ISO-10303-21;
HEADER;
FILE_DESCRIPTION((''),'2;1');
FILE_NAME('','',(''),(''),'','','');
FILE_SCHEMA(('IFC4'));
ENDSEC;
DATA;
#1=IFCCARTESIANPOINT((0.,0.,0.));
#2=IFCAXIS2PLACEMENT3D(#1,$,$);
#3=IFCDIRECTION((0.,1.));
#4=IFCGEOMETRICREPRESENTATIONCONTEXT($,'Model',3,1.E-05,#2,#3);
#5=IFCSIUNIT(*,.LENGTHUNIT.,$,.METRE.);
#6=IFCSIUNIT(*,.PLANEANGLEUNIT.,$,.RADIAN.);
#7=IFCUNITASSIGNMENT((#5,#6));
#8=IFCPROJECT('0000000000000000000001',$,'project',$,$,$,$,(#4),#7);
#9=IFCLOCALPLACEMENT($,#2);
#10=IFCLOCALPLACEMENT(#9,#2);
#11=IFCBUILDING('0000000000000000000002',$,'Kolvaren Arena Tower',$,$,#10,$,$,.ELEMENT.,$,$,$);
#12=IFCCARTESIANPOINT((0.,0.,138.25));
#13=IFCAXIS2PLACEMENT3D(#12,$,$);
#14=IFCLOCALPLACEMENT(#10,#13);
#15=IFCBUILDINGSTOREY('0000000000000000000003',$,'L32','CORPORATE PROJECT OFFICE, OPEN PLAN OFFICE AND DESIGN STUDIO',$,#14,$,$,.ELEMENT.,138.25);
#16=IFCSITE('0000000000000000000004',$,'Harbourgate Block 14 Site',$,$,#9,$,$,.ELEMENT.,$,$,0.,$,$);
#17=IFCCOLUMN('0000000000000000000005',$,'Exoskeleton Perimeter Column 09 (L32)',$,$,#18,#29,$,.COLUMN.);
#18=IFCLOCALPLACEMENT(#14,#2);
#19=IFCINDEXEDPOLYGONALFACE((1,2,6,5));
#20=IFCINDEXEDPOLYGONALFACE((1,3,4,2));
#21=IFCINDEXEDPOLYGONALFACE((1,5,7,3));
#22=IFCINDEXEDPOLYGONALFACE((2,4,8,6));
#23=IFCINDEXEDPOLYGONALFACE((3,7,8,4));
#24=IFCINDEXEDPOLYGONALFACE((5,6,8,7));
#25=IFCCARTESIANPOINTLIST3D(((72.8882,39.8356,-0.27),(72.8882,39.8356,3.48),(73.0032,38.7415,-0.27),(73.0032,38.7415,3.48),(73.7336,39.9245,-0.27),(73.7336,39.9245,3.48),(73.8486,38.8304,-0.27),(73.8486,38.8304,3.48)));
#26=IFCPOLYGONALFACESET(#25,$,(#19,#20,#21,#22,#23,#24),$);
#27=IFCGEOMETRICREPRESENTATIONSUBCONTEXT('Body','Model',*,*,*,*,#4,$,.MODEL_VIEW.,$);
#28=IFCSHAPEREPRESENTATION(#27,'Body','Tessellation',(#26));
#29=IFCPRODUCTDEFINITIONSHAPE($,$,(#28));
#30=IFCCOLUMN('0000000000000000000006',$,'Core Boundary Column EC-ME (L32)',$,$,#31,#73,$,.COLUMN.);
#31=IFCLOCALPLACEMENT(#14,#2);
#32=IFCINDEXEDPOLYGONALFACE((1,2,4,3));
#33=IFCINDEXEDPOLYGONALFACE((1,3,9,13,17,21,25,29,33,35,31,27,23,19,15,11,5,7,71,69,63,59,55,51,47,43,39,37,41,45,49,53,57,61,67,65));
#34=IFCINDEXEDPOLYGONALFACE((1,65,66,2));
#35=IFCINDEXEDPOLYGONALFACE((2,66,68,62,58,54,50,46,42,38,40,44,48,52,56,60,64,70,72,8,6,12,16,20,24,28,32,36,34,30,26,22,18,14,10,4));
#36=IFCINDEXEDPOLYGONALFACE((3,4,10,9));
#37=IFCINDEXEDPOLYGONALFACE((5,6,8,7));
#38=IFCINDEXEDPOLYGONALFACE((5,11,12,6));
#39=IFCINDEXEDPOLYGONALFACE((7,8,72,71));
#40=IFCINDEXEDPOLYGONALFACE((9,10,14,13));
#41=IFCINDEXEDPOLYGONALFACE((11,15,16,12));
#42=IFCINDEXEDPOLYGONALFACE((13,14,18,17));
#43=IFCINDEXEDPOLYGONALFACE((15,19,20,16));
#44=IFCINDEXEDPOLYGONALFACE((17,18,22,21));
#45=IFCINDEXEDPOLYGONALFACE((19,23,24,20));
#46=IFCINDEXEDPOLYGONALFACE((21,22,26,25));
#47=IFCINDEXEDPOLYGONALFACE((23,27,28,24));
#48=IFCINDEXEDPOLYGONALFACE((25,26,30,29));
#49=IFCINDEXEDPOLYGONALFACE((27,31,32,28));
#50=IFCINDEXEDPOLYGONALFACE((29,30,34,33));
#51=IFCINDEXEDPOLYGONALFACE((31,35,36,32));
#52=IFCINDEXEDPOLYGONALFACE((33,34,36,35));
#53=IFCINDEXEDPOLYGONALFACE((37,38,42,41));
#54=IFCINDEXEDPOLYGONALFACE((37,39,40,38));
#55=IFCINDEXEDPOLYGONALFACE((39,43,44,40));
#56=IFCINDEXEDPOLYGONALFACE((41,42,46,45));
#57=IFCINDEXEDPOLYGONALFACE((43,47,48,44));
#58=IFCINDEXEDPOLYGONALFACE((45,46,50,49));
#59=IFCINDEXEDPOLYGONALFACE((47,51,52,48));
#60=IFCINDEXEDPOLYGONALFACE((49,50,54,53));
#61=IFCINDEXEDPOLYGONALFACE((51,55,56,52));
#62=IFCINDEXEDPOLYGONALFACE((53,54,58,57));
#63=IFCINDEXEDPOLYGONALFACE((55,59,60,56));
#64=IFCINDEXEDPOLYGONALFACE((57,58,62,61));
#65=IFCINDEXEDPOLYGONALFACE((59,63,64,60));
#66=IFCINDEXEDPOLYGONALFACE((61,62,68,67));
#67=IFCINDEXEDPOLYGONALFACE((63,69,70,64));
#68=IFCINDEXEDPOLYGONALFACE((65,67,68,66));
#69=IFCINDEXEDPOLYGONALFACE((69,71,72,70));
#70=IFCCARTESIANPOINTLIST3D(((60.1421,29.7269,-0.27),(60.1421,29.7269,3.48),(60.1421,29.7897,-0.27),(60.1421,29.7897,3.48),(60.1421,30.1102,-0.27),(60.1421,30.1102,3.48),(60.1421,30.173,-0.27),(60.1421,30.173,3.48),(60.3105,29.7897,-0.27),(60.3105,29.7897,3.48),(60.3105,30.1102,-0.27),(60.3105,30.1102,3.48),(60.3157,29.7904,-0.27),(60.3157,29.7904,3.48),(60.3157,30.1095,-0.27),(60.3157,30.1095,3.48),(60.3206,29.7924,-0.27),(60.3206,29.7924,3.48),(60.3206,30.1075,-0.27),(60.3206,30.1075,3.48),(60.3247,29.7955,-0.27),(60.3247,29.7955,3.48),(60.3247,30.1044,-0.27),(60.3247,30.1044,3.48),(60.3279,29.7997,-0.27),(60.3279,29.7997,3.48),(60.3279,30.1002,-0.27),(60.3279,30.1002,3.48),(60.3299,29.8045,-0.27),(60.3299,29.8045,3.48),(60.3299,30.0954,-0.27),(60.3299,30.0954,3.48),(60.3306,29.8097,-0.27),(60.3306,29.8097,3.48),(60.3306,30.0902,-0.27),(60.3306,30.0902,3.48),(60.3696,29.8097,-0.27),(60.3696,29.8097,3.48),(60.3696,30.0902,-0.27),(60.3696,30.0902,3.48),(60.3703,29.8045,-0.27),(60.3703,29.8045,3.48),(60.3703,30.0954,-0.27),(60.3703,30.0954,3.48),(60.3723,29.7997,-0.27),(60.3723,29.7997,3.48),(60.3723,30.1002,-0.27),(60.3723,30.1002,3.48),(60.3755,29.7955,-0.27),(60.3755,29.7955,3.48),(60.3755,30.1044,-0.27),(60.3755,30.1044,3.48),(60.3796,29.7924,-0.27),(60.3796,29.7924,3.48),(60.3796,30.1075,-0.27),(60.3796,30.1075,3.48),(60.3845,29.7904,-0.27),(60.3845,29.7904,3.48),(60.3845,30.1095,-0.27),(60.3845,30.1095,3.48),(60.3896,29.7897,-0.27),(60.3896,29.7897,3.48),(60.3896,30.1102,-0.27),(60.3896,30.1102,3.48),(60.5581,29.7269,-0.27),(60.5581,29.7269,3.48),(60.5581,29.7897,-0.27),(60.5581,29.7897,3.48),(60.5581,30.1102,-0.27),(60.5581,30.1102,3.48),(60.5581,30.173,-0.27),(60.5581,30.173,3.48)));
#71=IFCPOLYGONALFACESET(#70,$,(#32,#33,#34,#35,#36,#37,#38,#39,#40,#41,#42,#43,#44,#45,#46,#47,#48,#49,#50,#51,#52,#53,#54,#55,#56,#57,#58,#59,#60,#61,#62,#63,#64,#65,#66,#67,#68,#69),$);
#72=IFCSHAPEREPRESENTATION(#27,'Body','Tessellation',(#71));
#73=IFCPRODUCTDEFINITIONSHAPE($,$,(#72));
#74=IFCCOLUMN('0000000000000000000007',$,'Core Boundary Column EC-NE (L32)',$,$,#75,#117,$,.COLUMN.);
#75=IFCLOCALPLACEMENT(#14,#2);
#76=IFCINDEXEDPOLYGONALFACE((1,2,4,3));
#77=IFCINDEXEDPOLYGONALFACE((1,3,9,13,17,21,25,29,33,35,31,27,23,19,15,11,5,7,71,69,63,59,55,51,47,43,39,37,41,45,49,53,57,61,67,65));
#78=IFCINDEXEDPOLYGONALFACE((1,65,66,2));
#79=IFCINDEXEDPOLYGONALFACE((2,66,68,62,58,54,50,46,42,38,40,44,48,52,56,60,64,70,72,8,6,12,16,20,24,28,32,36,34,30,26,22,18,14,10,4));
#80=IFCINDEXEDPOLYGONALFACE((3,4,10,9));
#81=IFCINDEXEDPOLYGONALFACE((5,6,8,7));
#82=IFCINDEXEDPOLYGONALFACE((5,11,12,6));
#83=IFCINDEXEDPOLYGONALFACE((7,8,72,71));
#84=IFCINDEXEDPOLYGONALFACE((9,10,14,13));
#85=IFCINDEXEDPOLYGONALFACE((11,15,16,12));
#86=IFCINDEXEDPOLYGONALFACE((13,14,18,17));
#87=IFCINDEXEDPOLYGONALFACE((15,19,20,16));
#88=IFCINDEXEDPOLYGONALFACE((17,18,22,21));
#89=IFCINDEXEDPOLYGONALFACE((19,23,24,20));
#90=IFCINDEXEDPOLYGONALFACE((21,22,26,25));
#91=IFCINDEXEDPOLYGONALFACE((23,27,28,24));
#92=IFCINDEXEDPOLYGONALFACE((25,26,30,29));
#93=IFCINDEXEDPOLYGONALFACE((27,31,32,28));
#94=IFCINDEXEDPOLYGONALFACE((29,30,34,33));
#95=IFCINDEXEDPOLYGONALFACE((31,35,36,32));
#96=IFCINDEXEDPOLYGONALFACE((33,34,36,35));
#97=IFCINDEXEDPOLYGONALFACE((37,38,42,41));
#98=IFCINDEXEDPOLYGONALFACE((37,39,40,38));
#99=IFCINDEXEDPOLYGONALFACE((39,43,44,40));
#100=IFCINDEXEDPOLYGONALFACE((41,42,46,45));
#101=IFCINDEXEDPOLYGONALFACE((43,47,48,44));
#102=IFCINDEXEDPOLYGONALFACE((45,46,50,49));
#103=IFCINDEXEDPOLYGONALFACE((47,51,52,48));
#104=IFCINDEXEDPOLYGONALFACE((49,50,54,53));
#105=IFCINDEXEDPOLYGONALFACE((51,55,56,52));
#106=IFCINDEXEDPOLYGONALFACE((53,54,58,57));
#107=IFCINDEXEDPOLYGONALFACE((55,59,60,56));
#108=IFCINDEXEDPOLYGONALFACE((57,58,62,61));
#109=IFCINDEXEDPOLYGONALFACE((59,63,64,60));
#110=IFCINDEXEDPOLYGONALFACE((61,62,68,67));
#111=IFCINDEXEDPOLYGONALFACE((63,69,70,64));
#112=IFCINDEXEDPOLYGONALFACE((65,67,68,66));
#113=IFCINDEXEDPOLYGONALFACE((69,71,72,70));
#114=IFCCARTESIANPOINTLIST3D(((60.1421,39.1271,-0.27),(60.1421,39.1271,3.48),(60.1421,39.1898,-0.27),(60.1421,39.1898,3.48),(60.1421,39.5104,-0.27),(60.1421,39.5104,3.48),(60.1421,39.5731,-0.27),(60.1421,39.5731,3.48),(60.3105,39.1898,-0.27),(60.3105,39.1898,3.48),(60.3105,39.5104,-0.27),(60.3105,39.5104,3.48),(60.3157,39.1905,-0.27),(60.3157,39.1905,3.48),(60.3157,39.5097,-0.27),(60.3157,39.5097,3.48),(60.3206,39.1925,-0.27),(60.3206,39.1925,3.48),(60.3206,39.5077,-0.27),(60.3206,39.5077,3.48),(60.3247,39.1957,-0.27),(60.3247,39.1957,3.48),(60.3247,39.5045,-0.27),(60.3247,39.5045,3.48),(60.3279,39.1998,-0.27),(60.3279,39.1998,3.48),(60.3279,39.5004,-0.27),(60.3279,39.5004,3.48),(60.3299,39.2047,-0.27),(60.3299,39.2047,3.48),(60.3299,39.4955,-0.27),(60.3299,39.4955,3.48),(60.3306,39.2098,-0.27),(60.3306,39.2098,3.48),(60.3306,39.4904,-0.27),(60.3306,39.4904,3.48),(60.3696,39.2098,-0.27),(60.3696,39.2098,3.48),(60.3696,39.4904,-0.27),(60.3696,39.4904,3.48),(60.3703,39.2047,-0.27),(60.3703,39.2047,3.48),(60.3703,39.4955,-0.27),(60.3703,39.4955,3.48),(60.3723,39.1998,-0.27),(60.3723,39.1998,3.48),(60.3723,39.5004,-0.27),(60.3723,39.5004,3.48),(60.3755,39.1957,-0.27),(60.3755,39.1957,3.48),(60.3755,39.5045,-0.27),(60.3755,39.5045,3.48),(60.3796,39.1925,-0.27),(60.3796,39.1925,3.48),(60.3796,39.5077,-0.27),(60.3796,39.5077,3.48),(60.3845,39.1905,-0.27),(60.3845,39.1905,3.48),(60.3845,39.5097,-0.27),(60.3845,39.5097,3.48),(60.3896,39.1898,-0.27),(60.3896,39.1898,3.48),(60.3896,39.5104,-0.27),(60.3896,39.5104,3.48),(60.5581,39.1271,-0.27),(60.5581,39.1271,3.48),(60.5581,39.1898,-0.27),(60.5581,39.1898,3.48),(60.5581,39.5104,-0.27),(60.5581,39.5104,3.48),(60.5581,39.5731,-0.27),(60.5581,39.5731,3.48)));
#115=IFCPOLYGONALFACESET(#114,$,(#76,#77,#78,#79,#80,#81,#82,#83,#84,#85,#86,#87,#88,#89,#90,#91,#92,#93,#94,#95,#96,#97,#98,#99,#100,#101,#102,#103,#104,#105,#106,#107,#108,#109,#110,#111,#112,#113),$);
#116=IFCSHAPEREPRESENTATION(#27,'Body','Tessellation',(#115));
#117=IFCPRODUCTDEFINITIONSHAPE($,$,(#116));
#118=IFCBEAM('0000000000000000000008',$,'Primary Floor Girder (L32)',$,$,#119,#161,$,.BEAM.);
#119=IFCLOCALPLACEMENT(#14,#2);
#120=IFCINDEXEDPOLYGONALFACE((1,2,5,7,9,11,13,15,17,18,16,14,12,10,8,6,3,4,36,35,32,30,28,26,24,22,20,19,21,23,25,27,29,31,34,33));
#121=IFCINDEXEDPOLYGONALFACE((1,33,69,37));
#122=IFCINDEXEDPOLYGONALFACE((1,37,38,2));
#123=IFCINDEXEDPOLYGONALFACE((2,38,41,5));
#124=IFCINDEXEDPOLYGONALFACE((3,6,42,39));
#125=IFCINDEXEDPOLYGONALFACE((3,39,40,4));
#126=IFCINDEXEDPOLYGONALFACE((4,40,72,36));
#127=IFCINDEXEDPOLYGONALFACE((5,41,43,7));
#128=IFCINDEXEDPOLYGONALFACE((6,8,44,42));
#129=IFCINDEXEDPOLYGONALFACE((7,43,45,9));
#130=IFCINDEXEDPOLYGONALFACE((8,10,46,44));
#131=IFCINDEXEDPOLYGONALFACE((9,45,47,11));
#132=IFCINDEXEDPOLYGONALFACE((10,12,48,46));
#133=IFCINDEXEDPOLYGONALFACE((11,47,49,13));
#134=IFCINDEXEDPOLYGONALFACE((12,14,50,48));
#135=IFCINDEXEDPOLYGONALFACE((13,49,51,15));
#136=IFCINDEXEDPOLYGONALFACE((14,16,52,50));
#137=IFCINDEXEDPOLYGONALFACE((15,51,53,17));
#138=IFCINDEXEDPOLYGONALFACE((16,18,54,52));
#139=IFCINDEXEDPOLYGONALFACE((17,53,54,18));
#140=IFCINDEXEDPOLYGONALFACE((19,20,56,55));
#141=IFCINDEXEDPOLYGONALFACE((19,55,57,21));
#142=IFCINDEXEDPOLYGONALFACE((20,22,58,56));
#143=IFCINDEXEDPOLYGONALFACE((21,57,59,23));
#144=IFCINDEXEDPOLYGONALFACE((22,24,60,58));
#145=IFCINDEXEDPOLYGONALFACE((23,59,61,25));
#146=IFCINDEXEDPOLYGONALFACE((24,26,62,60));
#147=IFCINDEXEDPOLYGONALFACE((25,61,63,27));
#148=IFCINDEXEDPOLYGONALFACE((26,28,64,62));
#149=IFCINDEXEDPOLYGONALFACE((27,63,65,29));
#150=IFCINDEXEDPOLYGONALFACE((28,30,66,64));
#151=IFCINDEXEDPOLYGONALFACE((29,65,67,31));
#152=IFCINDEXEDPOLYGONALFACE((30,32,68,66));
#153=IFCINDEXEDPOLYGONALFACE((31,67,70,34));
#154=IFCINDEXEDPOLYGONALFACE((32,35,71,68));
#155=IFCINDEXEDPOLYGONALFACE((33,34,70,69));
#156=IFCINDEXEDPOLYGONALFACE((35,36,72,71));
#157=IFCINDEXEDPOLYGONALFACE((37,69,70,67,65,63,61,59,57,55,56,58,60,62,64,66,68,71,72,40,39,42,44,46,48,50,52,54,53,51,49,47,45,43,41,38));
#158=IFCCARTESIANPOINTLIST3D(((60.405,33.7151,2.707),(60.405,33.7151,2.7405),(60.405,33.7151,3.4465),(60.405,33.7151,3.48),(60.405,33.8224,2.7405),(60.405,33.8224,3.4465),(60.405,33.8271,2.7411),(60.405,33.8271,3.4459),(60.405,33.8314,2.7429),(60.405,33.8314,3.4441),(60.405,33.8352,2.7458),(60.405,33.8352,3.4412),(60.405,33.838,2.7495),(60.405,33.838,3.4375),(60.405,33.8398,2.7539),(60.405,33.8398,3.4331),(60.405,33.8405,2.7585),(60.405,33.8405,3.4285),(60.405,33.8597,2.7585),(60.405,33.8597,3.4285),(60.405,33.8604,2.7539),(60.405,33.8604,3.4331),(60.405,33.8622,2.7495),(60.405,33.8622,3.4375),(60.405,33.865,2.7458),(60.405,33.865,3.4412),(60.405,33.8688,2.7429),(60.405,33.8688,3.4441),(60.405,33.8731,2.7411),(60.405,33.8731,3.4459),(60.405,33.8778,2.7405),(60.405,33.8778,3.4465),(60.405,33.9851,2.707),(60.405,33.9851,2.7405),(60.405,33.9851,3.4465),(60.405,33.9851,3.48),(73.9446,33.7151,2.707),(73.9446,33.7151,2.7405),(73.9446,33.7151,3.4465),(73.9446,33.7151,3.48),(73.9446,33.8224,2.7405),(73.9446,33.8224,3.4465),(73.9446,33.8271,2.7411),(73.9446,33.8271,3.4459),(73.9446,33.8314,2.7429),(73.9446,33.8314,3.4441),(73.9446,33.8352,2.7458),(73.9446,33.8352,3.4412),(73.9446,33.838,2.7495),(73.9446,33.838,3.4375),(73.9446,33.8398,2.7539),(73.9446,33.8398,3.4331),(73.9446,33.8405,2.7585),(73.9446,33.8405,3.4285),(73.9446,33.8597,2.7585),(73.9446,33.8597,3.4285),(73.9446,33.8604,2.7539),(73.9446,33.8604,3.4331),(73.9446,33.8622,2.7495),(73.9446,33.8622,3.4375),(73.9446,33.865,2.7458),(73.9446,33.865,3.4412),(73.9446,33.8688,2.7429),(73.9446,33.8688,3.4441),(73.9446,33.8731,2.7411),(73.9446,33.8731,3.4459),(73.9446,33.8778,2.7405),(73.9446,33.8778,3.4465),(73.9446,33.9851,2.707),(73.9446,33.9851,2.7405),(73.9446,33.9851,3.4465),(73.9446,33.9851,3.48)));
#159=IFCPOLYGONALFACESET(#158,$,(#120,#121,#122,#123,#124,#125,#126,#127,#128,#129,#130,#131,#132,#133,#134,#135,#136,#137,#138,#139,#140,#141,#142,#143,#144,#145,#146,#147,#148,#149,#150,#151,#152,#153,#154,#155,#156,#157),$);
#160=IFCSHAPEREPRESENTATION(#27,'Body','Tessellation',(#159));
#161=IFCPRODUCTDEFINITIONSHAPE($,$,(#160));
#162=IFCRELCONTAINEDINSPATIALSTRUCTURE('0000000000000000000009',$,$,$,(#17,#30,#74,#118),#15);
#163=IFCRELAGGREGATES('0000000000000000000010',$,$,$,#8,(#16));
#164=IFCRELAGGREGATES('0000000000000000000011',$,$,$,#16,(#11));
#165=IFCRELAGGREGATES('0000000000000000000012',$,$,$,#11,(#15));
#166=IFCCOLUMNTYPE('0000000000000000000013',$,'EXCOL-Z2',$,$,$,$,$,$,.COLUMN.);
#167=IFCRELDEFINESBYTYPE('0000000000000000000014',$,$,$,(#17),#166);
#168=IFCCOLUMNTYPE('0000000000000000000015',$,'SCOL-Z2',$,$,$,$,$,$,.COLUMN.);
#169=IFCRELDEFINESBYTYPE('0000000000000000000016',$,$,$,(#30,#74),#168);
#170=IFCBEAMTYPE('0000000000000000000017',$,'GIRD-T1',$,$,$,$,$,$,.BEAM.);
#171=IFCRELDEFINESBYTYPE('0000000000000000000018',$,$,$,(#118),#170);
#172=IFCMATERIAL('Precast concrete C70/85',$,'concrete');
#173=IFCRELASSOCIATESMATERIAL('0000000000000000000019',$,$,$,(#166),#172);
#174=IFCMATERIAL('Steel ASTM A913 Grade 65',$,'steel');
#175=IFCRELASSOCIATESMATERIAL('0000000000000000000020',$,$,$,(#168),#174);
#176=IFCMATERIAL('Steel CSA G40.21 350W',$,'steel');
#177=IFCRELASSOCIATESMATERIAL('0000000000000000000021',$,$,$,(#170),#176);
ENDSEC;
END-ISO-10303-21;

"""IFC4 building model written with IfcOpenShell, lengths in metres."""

from ifc_helpers import new_model, si_unit, direction, frame, origin, origin_2d, place, context, subcontext, project, spatial, rectangle, i_section, extrude, material, material_profile, profile_set, type_object, element, save


model = new_model("IFC4")

# Units and contexts
model_context = context("Model", 3, precision=1e-05, world=origin(), true_north=direction((0.0, 1.0)))
body_context = subcontext(model_context, "Body", "Model", "MODEL_VIEW")
ifc_project = project(units=[si_unit("LENGTHUNIT", "METRE"), si_unit("PLANEANGLEUNIT", "RADIAN")], contexts=[model_context])

# Site, building, storey
site_placement = place(None, origin())
site = spatial("IfcSite", under=ifc_project, at=site_placement, Name="Harbourgate Block 14 Site", CompositionType="ELEMENT", RefElevation=0.0)
building_placement = place(site_placement, origin())
building = spatial("IfcBuilding", under=site, at=building_placement, Name="Kolvaren Arena Tower", CompositionType="ELEMENT")
storey_placement = place(building_placement, frame((0.0, 0.0, 138.25)))
storey = spatial("IfcBuildingStorey", under=building, at=storey_placement, Name="L32", Description="CORPORATE PROJECT OFFICE, OPEN PLAN OFFICE AND DESIGN STUDIO", CompositionType="ELEMENT", Elevation=138.25)

# Columns
ifc_material_1 = material(Name="Precast concrete C70/85", Category="concrete")
ifc_material_profile_1 = material_profile(ifc_material_1, rectangle(XDim=1.1001, YDim=0.8501, at=origin_2d()), Name="RC-1100x850")
ifc_profile_set_1 = profile_set([ifc_material_profile_1], Name="Precast concrete C70/85")
column_type_1 = type_object("IfcColumnType", Name="EXCOL-Z2", PredefinedType="COLUMN", material=ifc_profile_set_1)
column_placement = place(storey_placement, frame((73.3684, 39.333, -0.27), z_axis=(0.0, 0.0, 1.0), x_axis=(-0.104528, 0.994522, 0.0)))
element("IfcColumn", 1, at=column_placement, inside=storey, type_object=column_type_1, Name="Exoskeleton Perimeter Column 09 (L32)", PredefinedType="COLUMN", context=body_context, shape_type="SweptSolid", body=[
    extrude(rectangle(XDim=1.1001, YDim=0.8501, at=origin_2d()), origin(), (0.0, 0.0, 1.0), 3.75),
])
ifc_material_2 = material(Name="Steel ASTM A913 Grade 65", Category="steel")
ifc_material_profile_2 = material_profile(ifc_material_2, i_section(OverallWidth=0.416, OverallDepth=0.446, WebThickness=0.0391, FlangeThickness=0.0627, FilletRadius=0.02, at=origin_2d()), Name="W360x509")
ifc_profile_set_2 = profile_set([ifc_material_profile_2], Name="Steel ASTM A913 Grade 65")
column_type_2 = type_object("IfcColumnType", Name="SCOL-Z2", PredefinedType="COLUMN", material=ifc_profile_set_2)
for number, where, z_axis, x_axis, name in (
    (2, (60.3501, 29.95, -0.27), (0.0, 0.0, 1.0), (1.0, 0.0, 0.0), "Core Boundary Column EC-ME (L32)"),
    (3, (60.3501, 39.3501, -0.27), (0.0, 0.0, 1.0), (1.0, 0.0, 0.0), "Core Boundary Column EC-NE (L32)"),
):
    element("IfcColumn", number, at=place(storey_placement, frame(where, z_axis=z_axis, x_axis=x_axis)), inside=storey, type_object=column_type_2, Name=name, PredefinedType="COLUMN", context=body_context, shape_type="SweptSolid", body=[
        extrude(i_section(OverallWidth=0.416, OverallDepth=0.446, WebThickness=0.0391, FlangeThickness=0.0627, FilletRadius=0.02, at=origin_2d()), origin(), (0.0, 0.0, 1.0), 3.75),
    ])

# Beam
ifc_material_3 = material(Name="Steel CSA G40.21 350W", Category="steel")
ifc_material_profile_3 = material_profile(ifc_material_3, i_section(OverallWidth=0.27, OverallDepth=0.7729, WebThickness=0.0193, FlangeThickness=0.0334, FilletRadius=0.0181, at=origin_2d()), Name="W760x257")
ifc_profile_set_3 = profile_set([ifc_material_profile_3], Name="Steel CSA G40.21 350W")
beam_type_1 = type_object("IfcBeamType", Name="GIRD-T1", PredefinedType="BEAM", material=ifc_profile_set_3)
beam_1_placement = place(storey_placement, frame((60.405, 33.8501, 3.0935), z_axis=(1.0, 0.0, 0.0), x_axis=(0.0, 1.0, 0.0)))
element("IfcBeam", 4, at=beam_1_placement, inside=storey, type_object=beam_type_1, Name="Primary Floor Girder (L32)", PredefinedType="BEAM", context=body_context, shape_type="SweptSolid", body=[
    extrude(i_section(OverallWidth=0.27, OverallDepth=0.7729, WebThickness=0.0193, FlangeThickness=0.0334, FilletRadius=0.0181, at=origin_2d()), origin(), (0.0, 0.0, 1.0), 13.5396),
])

save(model, "model.ifc")
